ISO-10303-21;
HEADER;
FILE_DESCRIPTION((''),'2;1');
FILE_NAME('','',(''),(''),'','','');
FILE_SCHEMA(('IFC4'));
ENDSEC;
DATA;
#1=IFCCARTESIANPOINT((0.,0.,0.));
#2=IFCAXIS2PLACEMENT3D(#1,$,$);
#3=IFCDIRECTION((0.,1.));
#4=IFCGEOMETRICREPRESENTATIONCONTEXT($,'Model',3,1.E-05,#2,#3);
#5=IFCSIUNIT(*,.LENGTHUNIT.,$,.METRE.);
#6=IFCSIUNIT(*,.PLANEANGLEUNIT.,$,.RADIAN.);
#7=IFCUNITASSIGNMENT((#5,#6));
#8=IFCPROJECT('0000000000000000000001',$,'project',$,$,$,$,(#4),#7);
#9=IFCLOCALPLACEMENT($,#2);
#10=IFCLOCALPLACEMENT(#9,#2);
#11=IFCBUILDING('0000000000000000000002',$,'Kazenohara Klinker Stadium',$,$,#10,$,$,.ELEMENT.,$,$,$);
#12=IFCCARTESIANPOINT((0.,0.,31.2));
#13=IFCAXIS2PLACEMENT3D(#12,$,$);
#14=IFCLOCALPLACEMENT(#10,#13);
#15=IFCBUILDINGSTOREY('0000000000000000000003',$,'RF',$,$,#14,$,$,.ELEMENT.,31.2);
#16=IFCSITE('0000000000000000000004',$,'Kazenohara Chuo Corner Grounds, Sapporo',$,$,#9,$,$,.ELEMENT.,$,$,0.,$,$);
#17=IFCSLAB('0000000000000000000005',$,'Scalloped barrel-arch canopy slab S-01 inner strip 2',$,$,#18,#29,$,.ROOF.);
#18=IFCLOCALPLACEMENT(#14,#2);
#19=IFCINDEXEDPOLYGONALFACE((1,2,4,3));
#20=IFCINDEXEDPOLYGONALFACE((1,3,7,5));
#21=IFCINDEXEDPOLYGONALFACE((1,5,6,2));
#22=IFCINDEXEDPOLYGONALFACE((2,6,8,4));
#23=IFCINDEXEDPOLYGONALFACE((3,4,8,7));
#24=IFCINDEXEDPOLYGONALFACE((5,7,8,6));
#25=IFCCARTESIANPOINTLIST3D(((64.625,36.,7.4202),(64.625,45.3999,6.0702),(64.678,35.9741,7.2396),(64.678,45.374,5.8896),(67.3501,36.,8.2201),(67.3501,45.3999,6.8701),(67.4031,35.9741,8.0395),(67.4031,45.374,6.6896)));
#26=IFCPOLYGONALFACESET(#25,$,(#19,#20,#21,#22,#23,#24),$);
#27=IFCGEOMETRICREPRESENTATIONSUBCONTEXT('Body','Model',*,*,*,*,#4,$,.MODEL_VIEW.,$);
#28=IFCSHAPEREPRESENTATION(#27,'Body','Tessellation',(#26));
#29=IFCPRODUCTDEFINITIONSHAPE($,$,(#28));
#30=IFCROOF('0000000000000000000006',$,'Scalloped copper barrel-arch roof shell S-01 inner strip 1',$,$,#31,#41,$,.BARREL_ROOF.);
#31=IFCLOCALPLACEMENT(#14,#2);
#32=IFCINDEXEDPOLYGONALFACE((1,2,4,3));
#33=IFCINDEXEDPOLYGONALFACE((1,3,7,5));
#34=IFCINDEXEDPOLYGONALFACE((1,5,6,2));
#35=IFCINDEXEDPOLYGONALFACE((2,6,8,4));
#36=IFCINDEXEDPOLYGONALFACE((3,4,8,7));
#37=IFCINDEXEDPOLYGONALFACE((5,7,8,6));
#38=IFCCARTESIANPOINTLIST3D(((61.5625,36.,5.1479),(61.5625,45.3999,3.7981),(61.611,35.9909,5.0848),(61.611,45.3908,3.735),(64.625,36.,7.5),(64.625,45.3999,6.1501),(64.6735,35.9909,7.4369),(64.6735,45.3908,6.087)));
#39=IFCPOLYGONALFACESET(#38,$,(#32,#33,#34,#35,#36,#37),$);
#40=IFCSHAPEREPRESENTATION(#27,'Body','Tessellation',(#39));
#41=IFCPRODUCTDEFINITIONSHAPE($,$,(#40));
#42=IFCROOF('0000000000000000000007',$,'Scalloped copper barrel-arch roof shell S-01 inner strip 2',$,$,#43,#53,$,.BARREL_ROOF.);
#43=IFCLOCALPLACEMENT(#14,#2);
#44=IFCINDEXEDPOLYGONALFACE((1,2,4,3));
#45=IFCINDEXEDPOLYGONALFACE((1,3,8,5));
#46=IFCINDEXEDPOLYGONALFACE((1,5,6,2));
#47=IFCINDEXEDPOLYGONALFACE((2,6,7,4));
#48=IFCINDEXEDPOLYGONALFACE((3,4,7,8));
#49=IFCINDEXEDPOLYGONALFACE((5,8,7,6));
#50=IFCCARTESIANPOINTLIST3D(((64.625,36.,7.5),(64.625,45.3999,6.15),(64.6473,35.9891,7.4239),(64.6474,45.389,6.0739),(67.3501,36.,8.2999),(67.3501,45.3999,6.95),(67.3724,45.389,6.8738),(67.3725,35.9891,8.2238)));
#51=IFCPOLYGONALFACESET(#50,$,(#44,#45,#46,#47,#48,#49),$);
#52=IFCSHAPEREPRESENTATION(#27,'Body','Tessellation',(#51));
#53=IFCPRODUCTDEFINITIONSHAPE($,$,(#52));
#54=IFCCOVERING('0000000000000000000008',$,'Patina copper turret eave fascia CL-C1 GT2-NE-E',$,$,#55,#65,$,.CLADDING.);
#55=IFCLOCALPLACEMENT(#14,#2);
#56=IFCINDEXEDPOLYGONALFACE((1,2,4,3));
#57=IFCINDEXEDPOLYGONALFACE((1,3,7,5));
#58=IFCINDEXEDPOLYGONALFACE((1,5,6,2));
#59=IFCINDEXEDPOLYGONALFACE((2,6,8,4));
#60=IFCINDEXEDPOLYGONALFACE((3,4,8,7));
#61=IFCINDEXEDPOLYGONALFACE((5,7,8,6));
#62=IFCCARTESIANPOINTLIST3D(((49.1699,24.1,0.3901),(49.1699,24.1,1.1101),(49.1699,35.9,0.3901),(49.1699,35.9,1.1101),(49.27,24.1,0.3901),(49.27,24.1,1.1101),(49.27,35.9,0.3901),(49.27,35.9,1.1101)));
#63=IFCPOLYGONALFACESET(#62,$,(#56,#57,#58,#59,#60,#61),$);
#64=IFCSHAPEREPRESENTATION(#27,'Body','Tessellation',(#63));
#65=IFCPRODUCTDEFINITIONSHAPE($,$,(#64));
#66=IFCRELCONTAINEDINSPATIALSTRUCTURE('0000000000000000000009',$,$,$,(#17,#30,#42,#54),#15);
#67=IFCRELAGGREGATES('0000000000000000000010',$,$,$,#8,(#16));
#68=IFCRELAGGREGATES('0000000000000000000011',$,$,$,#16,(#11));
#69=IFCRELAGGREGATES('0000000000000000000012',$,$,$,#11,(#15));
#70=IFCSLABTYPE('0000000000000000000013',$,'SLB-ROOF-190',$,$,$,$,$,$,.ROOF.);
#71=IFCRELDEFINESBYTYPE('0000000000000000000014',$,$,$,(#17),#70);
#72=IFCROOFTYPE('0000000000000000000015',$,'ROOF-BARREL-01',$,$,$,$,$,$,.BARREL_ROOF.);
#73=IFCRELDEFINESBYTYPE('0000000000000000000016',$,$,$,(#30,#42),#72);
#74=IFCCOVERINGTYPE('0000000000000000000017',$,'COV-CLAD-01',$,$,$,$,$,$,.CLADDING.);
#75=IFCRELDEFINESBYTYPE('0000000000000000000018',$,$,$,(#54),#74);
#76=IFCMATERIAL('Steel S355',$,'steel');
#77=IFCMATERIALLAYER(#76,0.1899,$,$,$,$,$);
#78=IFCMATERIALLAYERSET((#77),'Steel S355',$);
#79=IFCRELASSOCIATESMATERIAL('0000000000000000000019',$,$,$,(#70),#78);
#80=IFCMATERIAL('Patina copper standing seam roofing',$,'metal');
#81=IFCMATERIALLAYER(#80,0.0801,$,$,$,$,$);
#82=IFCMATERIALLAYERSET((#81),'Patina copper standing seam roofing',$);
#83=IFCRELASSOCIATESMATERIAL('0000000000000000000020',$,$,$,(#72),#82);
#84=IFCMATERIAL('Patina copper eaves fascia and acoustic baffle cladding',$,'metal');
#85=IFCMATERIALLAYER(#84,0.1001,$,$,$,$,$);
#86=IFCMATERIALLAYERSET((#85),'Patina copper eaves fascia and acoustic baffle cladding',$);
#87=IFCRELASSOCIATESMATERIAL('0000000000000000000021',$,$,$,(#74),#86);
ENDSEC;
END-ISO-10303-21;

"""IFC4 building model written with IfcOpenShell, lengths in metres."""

from ifc_helpers import new_model, si_unit, direction, frame, origin, origin_2d, place, context, subcontext, project, spatial, polyline, rectangle, outline, extrude, material, layer, layer_set, type_object, element, save


model = new_model("IFC4")

# Units and contexts
model_context = context("Model", 3, precision=1e-05, world=origin(), true_north=direction((0.0, 1.0)))
body_context = subcontext(model_context, "Body", "Model", "MODEL_VIEW")
ifc_project = project(units=[si_unit("LENGTHUNIT", "METRE"), si_unit("PLANEANGLEUNIT", "RADIAN")], contexts=[model_context])

# Site, building, storey
site_placement = place(None, origin())
site = spatial("IfcSite", under=ifc_project, at=site_placement, Name="Kazenohara Chuo Corner Grounds, Sapporo", CompositionType="ELEMENT", RefElevation=0.0)
building_placement = place(site_placement, origin())
building = spatial("IfcBuilding", under=site, at=building_placement, Name="Kazenohara Klinker Stadium", CompositionType="ELEMENT")
storey_placement = place(building_placement, frame((0.0, 0.0, 31.2)))
storey = spatial("IfcBuildingStorey", under=building, at=storey_placement, Name="RF", CompositionType="ELEMENT", Elevation=31.2)

# Shared definitions
ifc_material_1 = material(Name="Steel S355", Category="steel")

# Slab
ifc_layer_1 = layer(ifc_material_1, 0.1899)
ifc_layer_set_1 = layer_set([ifc_layer_1], Name="Steel S355")
slab_type = type_object("IfcSlabType", Name="SLB-ROOF-190", PredefinedType="ROOF", material=ifc_layer_set_1)
slab_1_placement = place(storey_placement, frame((64.625, 36.0, 7.4202), z_axis=(-0.27902, 0.136512, 0.950533), x_axis=(-0.000003, 0.989844, -0.142158)))
element("IfcSlab", 1, at=slab_1_placement, inside=storey, type_object=slab_type, Name="Scalloped barrel-arch canopy slab S-01 inner strip 2", PredefinedType="ROOF", context=body_context, shape_type="SweptSolid", body=[
    extrude(outline(polyline([(0.0, 0.0), (9.4964, 0.0), (9.3826, -2.8378), (-0.1137, -2.8378), (0.0, 0.0)])), origin(), (0.0, 0.0, -1.0), 0.1899),
])

# Roofs
ifc_material_2 = material(Name="Patina copper standing seam roofing", Category="metal")
ifc_layer_2 = layer(ifc_material_2, 0.0801)
ifc_layer_set_2 = layer_set([ifc_layer_2], Name="Patina copper standing seam roofing")
roof_type = type_object("IfcRoofType", Name="ROOF-BARREL-01", PredefinedType="BARREL_ROOF", material=ifc_layer_set_2)
roof_1_placement = place(storey_placement, frame((61.5625, 36.0, 5.1479), z_axis=(-0.605193, 0.113158, 0.787995), x_axis=(0.0, 0.989846, -0.142145)))
element("IfcRoof", 2, at=roof_1_placement, inside=storey, type_object=roof_type, Name="Scalloped copper barrel-arch roof shell S-01 inner strip 1", PredefinedType="BARREL_ROOF", context=body_context, shape_type="SweptSolid", body=[
    extrude(outline(polyline([(0.0, 0.0), (9.4963, 0.0), (9.162, -3.847), (-0.3343, -3.847), (0.0, 0.0)])), origin(), (0.0, 0.0, -1.0), 0.0801),
])
roof_2_placement = place(storey_placement, frame((64.625, 36.0, 7.5), z_axis=(-0.27902, 0.136512, 0.950533), x_axis=(0.000003, 0.989844, -0.142156)))
element("IfcRoof", 3, at=roof_2_placement, inside=storey, type_object=roof_type, Name="Scalloped copper barrel-arch roof shell S-01 inner strip 2", PredefinedType="BARREL_ROOF", context=body_context, shape_type="SweptSolid", body=[
    extrude(outline(polyline([(0.0, 0.0), (9.4963, 0.0), (9.3826, -2.8378), (-0.1137, -2.8378), (0.0, 0.0)])), origin(), (0.0, 0.0, -1.0), 0.0801),
])

# Covering
ifc_material_3 = material(Name="Patina copper eaves fascia and acoustic baffle cladding", Category="metal")
ifc_layer_3 = layer(ifc_material_3, 0.1001)
ifc_layer_set_3 = layer_set([ifc_layer_3], Name="Patina copper eaves fascia and acoustic baffle cladding")
covering_type = type_object("IfcCoveringType", Name="COV-CLAD-01", PredefinedType="CLADDING", material=ifc_layer_set_3)
covering_placement = place(storey_placement, frame((49.22, 30.0, 0.3901), z_axis=(0.0, 0.0, 1.0), x_axis=(1.0, 0.0, 0.0)))
element("IfcCovering", 4, at=covering_placement, inside=storey, type_object=covering_type, Name="Patina copper turret eave fascia CL-C1 GT2-NE-E", PredefinedType="CLADDING", context=body_context, shape_type="SweptSolid", body=[
    extrude(rectangle(XDim=0.1001, YDim=11.8, at=origin_2d()), origin(), (0.0, 0.0, 1.0), 0.72),
])

save(model, "model.ifc")
